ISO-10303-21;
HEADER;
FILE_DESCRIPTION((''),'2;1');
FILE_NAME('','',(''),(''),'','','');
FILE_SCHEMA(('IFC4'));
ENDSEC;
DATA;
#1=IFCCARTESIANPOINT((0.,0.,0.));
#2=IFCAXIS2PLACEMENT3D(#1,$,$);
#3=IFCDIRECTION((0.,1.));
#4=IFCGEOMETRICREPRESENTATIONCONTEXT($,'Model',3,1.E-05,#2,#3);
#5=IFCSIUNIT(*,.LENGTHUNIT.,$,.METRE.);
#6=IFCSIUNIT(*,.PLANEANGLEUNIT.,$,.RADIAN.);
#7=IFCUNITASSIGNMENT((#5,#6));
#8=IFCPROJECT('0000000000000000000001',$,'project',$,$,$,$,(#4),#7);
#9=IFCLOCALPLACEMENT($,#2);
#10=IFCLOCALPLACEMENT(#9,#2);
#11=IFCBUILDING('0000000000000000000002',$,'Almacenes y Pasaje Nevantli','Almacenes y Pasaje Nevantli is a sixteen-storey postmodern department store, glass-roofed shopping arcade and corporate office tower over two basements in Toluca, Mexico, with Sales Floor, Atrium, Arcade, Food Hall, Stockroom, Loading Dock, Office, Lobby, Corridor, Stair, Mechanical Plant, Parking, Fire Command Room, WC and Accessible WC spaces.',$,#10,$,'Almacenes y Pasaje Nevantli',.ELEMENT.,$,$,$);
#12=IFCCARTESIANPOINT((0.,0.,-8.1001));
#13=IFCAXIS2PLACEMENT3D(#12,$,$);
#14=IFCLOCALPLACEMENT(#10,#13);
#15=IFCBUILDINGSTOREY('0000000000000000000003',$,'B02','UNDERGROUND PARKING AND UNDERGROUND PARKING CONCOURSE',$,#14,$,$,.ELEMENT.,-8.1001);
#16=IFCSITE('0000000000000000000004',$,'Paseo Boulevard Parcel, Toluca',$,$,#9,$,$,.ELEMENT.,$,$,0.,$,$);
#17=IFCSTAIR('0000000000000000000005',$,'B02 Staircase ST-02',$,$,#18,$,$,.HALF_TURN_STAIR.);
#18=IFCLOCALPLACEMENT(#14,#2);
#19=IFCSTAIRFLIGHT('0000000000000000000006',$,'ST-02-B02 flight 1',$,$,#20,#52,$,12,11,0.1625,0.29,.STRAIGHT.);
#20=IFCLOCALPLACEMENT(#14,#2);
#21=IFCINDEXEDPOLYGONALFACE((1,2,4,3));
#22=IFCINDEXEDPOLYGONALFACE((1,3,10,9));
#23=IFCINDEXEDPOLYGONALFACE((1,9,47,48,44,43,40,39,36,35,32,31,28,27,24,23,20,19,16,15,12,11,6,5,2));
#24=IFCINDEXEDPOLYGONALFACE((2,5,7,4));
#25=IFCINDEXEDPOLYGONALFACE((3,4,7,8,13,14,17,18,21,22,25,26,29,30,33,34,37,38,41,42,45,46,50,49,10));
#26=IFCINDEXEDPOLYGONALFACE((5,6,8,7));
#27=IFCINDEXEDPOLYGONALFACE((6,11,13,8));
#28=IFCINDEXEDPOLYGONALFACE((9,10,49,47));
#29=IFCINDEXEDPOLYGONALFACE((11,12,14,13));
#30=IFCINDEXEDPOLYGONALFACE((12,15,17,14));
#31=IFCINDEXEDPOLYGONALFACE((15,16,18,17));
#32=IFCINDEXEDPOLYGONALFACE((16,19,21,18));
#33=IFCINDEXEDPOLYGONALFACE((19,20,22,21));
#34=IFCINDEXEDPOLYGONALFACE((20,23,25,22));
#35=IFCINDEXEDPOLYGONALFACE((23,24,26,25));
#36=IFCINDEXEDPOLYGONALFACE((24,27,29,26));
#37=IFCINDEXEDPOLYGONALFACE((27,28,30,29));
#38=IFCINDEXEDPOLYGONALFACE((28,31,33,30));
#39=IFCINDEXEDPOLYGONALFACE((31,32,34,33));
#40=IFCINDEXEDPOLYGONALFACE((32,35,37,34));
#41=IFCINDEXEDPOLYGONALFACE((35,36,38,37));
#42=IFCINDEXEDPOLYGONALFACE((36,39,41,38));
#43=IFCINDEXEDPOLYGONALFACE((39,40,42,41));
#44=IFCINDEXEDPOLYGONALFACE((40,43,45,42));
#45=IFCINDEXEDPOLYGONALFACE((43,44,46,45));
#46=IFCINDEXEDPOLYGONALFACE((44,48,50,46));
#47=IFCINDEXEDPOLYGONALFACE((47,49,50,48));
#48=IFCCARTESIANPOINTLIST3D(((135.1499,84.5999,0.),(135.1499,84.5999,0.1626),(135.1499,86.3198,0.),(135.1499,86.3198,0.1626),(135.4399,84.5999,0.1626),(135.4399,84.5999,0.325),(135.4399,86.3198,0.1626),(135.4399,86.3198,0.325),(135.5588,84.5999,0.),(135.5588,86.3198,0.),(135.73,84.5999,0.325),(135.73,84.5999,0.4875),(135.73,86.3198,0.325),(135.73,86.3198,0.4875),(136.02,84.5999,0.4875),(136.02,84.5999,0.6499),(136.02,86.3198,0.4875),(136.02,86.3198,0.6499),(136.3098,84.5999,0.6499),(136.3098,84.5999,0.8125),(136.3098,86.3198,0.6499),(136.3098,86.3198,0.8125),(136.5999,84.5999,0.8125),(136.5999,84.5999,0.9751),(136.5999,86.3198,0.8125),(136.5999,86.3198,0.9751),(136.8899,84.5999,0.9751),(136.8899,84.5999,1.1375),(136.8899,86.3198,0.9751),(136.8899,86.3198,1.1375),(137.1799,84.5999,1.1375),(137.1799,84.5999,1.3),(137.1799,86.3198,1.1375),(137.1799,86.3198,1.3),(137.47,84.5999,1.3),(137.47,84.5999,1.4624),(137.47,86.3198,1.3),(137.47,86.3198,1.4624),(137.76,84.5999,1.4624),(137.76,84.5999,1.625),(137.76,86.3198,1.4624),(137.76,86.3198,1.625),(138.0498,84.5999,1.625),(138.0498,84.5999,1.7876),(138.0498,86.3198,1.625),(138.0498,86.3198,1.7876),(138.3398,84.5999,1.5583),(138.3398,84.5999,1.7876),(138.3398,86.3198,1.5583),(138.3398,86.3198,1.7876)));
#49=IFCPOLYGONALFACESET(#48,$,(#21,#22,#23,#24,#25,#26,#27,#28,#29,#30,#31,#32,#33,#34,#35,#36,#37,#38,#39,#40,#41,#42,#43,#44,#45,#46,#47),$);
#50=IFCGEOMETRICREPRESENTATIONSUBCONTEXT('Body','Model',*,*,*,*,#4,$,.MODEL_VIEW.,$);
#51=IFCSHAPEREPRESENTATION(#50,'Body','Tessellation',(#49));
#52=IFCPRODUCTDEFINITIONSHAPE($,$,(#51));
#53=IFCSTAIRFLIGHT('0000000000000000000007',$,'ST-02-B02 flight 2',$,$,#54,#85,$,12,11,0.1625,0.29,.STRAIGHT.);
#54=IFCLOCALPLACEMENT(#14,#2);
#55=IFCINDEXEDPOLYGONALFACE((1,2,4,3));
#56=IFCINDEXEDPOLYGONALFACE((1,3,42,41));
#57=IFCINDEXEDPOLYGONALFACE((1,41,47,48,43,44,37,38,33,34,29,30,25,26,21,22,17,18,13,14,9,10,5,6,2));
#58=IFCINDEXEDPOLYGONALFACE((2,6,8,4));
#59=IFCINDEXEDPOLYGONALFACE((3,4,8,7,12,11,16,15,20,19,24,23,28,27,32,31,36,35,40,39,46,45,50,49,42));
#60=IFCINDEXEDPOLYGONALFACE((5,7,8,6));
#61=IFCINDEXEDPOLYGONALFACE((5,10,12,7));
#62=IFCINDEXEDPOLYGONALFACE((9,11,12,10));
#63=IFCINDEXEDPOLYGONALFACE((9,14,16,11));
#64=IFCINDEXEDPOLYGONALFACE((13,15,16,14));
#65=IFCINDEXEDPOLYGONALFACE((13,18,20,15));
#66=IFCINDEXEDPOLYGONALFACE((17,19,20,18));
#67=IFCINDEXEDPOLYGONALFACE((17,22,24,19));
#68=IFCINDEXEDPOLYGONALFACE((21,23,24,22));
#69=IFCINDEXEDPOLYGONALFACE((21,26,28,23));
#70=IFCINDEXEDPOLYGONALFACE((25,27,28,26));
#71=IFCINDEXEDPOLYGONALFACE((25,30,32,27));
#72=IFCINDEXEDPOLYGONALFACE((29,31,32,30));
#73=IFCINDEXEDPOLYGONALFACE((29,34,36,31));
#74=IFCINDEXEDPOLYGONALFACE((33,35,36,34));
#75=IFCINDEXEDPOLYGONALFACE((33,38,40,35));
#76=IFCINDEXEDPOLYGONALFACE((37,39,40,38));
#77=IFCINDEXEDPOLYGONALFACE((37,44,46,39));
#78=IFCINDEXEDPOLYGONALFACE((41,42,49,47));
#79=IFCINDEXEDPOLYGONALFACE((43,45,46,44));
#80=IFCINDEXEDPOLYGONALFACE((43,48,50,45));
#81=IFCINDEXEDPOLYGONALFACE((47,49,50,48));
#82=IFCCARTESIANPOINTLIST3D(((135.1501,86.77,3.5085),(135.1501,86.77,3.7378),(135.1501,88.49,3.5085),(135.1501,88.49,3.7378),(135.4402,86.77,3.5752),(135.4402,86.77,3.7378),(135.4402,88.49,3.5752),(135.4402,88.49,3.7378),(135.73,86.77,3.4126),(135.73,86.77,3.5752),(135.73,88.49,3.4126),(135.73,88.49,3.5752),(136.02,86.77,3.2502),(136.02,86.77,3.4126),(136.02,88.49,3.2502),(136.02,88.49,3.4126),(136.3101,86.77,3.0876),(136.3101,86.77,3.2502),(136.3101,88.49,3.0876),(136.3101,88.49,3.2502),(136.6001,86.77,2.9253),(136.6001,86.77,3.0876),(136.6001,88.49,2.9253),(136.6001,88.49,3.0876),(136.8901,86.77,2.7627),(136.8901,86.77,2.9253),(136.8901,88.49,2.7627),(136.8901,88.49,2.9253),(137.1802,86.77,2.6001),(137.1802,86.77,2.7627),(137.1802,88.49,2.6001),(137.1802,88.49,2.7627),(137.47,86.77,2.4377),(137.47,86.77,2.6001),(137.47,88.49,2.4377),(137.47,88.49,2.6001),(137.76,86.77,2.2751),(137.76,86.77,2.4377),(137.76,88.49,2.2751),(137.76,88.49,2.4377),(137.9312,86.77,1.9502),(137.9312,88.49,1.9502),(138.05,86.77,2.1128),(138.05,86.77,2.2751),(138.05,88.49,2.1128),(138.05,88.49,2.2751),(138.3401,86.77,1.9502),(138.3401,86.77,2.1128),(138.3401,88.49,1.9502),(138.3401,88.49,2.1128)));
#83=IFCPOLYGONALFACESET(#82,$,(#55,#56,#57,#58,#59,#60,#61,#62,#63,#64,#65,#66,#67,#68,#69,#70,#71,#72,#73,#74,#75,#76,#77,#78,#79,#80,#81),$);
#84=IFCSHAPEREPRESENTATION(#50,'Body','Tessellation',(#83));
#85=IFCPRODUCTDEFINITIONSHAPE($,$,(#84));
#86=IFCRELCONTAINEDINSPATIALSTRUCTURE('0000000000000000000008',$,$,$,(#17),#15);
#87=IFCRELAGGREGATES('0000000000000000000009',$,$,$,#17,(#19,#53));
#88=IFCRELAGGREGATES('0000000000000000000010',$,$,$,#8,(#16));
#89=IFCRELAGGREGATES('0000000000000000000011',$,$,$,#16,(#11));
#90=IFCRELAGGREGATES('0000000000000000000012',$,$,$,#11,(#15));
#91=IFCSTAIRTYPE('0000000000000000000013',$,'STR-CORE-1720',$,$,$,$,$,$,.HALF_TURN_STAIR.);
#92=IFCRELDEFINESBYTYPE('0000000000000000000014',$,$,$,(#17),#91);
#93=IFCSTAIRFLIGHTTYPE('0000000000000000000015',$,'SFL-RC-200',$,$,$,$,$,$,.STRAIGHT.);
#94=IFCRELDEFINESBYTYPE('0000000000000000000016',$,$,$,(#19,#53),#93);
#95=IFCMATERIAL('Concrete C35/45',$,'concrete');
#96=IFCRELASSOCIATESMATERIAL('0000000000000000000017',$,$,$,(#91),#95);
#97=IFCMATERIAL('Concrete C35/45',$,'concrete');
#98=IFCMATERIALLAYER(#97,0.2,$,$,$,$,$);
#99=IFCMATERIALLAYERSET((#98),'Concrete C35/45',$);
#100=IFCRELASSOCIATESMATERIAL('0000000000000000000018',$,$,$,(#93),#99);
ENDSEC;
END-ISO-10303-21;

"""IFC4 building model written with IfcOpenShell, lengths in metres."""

from ifc_helpers import new_model, si_unit, direction, frame, origin, place, context, subcontext, project, spatial, polyline, outline, extrude, material, layer, layer_set, type_object, element, aggregate, save


model = new_model("IFC4")

# Units and contexts
model_context = context("Model", 3, precision=1e-05, world=origin(), true_north=direction((0.0, 1.0)))
body_context = subcontext(model_context, "Body", "Model", "MODEL_VIEW")
ifc_project = project(units=[si_unit("LENGTHUNIT", "METRE"), si_unit("PLANEANGLEUNIT", "RADIAN")], contexts=[model_context])

# Site, building, storey
site_placement = place(None, origin())
site = spatial("IfcSite", under=ifc_project, at=site_placement, Name="Paseo Boulevard Parcel, Toluca", CompositionType="ELEMENT", RefElevation=0.0)
building_placement = place(site_placement, origin())
building = spatial("IfcBuilding", under=site, at=building_placement, Name="Almacenes y Pasaje Nevantli", Description="Almacenes y Pasaje Nevantli is a sixteen-storey postmodern department store, glass-roofed shopping arcade and corporate office tower over two basements in Toluca, Mexico, with Sales Floor, Atrium, Arcade, Food Hall, Stockroom, Loading Dock, Office, Lobby, Corridor, Stair, Mechanical Plant, Parking, Fire Command Room, WC and Accessible WC spaces.", LongName="Almacenes y Pasaje Nevantli", CompositionType="ELEMENT")
storey_placement = place(building_placement, frame((0.0, 0.0, -8.1001)))
storey = spatial("IfcBuildingStorey", under=building, at=storey_placement, Name="B02", Description="UNDERGROUND PARKING AND UNDERGROUND PARKING CONCOURSE", CompositionType="ELEMENT", Elevation=-8.1001)

# Stair, stair flights
ifc_material_1 = material(Name="Concrete C35/45", Category="concrete")
stair_type = type_object("IfcStairType", Name="STR-CORE-1720", PredefinedType="HALF_TURN_STAIR", material=ifc_material_1)
stair_placement = place(storey_placement, origin())
stair = element("IfcStair", 1, at=stair_placement, inside=storey, type_object=stair_type, Name="B02 Staircase ST-02", PredefinedType="HALF_TURN_STAIR")
ifc_material_2 = material(Name="Concrete C35/45", Category="concrete")
ifc_layer_1 = layer(ifc_material_2, 0.2)
ifc_layer_set_1 = layer_set([ifc_layer_1], Name="Concrete C35/45")
stair_flight_type = type_object("IfcStairFlightType", Name="SFL-RC-200", PredefinedType="STRAIGHT", material=ifc_layer_set_1)
stair_flight_1_placement = place(storey_placement, frame((135.1499, 85.46, 0.0), z_axis=(0.0, 0.0, 1.0), x_axis=(1.0, 0.0, 0.0)))
stair_flight_1 = element("IfcStairFlight", 2, at=stair_flight_1_placement, type_object=stair_flight_type, Name="ST-02-B02 flight 1", NumberOfRisers=12, NumberOfTreads=11, PredefinedType="STRAIGHT", RiserHeight=0.1625, TreadLength=0.29, context=body_context, shape_type="SweptSolid", body=[
    extrude(outline(polyline([(0.0, 0.0), (0.0, 0.1626), (0.29, 0.1626), (0.29, 0.325), (0.5801, 0.325), (0.5801, 0.4875), (0.8701, 0.4875), (0.8701, 0.6499), (1.1599, 0.6499), (1.1599, 0.8125), (1.45, 0.8125), (1.45, 0.9751), (1.74, 0.9751), (1.74, 1.1375), (2.03, 1.1375), (2.03, 1.3), (2.3201, 1.3), (2.3201, 1.4624), (2.6101, 1.4624), (2.6101, 1.625), (2.8999, 1.625), (2.8999, 1.7876), (3.1899, 1.7876), (3.1899, 1.95), (3.1899, 1.5583), (0.4089, 0.0), (0.0, 0.0)])), frame((0.0, 0.8599, 0.0), z_axis=(0.0, -1.0, 0.0), x_axis=(1.0, 0.0, 0.0)), (0.0, 0.0, 1.0), 1.72),
])
stair_flight_2_placement = place(storey_placement, frame((138.3401, 87.6299, 1.9502), z_axis=(0.0, 0.0, 1.0), x_axis=(-1.0, 0.0, 0.0)))
stair_flight_2 = element("IfcStairFlight", 3, at=stair_flight_2_placement, type_object=stair_flight_type, Name="ST-02-B02 flight 2", NumberOfRisers=12, NumberOfTreads=11, PredefinedType="STRAIGHT", RiserHeight=0.1625, TreadLength=0.29, context=body_context, shape_type="SweptSolid", body=[
    extrude(outline(polyline([(0.0, 0.0), (0.0, 0.1626), (0.29, 0.1626), (0.29, 0.325), (0.5801, 0.325), (0.5801, 0.4875), (0.8701, 0.4875), (0.8701, 0.6499), (1.1599, 0.6499), (1.1599, 0.8125), (1.45, 0.8125), (1.45, 0.9751), (1.74, 0.9751), (1.74, 1.1375), (2.03, 1.1375), (2.03, 1.3), (2.3201, 1.3), (2.3201, 1.4624), (2.6101, 1.4624), (2.6101, 1.625), (2.8999, 1.625), (2.8999, 1.7876), (3.1899, 1.7876), (3.1899, 1.95), (3.1899, 1.5583), (0.4089, 0.0), (0.0, 0.0)])), frame((0.0, 0.8599, 0.0), z_axis=(0.0, -1.0, 0.0), x_axis=(1.0, 0.0, 0.0)), (0.0, 0.0, 1.0), 1.72),
])
aggregate(stair, [stair_flight_1, stair_flight_2])

save(model, "model.ifc")
